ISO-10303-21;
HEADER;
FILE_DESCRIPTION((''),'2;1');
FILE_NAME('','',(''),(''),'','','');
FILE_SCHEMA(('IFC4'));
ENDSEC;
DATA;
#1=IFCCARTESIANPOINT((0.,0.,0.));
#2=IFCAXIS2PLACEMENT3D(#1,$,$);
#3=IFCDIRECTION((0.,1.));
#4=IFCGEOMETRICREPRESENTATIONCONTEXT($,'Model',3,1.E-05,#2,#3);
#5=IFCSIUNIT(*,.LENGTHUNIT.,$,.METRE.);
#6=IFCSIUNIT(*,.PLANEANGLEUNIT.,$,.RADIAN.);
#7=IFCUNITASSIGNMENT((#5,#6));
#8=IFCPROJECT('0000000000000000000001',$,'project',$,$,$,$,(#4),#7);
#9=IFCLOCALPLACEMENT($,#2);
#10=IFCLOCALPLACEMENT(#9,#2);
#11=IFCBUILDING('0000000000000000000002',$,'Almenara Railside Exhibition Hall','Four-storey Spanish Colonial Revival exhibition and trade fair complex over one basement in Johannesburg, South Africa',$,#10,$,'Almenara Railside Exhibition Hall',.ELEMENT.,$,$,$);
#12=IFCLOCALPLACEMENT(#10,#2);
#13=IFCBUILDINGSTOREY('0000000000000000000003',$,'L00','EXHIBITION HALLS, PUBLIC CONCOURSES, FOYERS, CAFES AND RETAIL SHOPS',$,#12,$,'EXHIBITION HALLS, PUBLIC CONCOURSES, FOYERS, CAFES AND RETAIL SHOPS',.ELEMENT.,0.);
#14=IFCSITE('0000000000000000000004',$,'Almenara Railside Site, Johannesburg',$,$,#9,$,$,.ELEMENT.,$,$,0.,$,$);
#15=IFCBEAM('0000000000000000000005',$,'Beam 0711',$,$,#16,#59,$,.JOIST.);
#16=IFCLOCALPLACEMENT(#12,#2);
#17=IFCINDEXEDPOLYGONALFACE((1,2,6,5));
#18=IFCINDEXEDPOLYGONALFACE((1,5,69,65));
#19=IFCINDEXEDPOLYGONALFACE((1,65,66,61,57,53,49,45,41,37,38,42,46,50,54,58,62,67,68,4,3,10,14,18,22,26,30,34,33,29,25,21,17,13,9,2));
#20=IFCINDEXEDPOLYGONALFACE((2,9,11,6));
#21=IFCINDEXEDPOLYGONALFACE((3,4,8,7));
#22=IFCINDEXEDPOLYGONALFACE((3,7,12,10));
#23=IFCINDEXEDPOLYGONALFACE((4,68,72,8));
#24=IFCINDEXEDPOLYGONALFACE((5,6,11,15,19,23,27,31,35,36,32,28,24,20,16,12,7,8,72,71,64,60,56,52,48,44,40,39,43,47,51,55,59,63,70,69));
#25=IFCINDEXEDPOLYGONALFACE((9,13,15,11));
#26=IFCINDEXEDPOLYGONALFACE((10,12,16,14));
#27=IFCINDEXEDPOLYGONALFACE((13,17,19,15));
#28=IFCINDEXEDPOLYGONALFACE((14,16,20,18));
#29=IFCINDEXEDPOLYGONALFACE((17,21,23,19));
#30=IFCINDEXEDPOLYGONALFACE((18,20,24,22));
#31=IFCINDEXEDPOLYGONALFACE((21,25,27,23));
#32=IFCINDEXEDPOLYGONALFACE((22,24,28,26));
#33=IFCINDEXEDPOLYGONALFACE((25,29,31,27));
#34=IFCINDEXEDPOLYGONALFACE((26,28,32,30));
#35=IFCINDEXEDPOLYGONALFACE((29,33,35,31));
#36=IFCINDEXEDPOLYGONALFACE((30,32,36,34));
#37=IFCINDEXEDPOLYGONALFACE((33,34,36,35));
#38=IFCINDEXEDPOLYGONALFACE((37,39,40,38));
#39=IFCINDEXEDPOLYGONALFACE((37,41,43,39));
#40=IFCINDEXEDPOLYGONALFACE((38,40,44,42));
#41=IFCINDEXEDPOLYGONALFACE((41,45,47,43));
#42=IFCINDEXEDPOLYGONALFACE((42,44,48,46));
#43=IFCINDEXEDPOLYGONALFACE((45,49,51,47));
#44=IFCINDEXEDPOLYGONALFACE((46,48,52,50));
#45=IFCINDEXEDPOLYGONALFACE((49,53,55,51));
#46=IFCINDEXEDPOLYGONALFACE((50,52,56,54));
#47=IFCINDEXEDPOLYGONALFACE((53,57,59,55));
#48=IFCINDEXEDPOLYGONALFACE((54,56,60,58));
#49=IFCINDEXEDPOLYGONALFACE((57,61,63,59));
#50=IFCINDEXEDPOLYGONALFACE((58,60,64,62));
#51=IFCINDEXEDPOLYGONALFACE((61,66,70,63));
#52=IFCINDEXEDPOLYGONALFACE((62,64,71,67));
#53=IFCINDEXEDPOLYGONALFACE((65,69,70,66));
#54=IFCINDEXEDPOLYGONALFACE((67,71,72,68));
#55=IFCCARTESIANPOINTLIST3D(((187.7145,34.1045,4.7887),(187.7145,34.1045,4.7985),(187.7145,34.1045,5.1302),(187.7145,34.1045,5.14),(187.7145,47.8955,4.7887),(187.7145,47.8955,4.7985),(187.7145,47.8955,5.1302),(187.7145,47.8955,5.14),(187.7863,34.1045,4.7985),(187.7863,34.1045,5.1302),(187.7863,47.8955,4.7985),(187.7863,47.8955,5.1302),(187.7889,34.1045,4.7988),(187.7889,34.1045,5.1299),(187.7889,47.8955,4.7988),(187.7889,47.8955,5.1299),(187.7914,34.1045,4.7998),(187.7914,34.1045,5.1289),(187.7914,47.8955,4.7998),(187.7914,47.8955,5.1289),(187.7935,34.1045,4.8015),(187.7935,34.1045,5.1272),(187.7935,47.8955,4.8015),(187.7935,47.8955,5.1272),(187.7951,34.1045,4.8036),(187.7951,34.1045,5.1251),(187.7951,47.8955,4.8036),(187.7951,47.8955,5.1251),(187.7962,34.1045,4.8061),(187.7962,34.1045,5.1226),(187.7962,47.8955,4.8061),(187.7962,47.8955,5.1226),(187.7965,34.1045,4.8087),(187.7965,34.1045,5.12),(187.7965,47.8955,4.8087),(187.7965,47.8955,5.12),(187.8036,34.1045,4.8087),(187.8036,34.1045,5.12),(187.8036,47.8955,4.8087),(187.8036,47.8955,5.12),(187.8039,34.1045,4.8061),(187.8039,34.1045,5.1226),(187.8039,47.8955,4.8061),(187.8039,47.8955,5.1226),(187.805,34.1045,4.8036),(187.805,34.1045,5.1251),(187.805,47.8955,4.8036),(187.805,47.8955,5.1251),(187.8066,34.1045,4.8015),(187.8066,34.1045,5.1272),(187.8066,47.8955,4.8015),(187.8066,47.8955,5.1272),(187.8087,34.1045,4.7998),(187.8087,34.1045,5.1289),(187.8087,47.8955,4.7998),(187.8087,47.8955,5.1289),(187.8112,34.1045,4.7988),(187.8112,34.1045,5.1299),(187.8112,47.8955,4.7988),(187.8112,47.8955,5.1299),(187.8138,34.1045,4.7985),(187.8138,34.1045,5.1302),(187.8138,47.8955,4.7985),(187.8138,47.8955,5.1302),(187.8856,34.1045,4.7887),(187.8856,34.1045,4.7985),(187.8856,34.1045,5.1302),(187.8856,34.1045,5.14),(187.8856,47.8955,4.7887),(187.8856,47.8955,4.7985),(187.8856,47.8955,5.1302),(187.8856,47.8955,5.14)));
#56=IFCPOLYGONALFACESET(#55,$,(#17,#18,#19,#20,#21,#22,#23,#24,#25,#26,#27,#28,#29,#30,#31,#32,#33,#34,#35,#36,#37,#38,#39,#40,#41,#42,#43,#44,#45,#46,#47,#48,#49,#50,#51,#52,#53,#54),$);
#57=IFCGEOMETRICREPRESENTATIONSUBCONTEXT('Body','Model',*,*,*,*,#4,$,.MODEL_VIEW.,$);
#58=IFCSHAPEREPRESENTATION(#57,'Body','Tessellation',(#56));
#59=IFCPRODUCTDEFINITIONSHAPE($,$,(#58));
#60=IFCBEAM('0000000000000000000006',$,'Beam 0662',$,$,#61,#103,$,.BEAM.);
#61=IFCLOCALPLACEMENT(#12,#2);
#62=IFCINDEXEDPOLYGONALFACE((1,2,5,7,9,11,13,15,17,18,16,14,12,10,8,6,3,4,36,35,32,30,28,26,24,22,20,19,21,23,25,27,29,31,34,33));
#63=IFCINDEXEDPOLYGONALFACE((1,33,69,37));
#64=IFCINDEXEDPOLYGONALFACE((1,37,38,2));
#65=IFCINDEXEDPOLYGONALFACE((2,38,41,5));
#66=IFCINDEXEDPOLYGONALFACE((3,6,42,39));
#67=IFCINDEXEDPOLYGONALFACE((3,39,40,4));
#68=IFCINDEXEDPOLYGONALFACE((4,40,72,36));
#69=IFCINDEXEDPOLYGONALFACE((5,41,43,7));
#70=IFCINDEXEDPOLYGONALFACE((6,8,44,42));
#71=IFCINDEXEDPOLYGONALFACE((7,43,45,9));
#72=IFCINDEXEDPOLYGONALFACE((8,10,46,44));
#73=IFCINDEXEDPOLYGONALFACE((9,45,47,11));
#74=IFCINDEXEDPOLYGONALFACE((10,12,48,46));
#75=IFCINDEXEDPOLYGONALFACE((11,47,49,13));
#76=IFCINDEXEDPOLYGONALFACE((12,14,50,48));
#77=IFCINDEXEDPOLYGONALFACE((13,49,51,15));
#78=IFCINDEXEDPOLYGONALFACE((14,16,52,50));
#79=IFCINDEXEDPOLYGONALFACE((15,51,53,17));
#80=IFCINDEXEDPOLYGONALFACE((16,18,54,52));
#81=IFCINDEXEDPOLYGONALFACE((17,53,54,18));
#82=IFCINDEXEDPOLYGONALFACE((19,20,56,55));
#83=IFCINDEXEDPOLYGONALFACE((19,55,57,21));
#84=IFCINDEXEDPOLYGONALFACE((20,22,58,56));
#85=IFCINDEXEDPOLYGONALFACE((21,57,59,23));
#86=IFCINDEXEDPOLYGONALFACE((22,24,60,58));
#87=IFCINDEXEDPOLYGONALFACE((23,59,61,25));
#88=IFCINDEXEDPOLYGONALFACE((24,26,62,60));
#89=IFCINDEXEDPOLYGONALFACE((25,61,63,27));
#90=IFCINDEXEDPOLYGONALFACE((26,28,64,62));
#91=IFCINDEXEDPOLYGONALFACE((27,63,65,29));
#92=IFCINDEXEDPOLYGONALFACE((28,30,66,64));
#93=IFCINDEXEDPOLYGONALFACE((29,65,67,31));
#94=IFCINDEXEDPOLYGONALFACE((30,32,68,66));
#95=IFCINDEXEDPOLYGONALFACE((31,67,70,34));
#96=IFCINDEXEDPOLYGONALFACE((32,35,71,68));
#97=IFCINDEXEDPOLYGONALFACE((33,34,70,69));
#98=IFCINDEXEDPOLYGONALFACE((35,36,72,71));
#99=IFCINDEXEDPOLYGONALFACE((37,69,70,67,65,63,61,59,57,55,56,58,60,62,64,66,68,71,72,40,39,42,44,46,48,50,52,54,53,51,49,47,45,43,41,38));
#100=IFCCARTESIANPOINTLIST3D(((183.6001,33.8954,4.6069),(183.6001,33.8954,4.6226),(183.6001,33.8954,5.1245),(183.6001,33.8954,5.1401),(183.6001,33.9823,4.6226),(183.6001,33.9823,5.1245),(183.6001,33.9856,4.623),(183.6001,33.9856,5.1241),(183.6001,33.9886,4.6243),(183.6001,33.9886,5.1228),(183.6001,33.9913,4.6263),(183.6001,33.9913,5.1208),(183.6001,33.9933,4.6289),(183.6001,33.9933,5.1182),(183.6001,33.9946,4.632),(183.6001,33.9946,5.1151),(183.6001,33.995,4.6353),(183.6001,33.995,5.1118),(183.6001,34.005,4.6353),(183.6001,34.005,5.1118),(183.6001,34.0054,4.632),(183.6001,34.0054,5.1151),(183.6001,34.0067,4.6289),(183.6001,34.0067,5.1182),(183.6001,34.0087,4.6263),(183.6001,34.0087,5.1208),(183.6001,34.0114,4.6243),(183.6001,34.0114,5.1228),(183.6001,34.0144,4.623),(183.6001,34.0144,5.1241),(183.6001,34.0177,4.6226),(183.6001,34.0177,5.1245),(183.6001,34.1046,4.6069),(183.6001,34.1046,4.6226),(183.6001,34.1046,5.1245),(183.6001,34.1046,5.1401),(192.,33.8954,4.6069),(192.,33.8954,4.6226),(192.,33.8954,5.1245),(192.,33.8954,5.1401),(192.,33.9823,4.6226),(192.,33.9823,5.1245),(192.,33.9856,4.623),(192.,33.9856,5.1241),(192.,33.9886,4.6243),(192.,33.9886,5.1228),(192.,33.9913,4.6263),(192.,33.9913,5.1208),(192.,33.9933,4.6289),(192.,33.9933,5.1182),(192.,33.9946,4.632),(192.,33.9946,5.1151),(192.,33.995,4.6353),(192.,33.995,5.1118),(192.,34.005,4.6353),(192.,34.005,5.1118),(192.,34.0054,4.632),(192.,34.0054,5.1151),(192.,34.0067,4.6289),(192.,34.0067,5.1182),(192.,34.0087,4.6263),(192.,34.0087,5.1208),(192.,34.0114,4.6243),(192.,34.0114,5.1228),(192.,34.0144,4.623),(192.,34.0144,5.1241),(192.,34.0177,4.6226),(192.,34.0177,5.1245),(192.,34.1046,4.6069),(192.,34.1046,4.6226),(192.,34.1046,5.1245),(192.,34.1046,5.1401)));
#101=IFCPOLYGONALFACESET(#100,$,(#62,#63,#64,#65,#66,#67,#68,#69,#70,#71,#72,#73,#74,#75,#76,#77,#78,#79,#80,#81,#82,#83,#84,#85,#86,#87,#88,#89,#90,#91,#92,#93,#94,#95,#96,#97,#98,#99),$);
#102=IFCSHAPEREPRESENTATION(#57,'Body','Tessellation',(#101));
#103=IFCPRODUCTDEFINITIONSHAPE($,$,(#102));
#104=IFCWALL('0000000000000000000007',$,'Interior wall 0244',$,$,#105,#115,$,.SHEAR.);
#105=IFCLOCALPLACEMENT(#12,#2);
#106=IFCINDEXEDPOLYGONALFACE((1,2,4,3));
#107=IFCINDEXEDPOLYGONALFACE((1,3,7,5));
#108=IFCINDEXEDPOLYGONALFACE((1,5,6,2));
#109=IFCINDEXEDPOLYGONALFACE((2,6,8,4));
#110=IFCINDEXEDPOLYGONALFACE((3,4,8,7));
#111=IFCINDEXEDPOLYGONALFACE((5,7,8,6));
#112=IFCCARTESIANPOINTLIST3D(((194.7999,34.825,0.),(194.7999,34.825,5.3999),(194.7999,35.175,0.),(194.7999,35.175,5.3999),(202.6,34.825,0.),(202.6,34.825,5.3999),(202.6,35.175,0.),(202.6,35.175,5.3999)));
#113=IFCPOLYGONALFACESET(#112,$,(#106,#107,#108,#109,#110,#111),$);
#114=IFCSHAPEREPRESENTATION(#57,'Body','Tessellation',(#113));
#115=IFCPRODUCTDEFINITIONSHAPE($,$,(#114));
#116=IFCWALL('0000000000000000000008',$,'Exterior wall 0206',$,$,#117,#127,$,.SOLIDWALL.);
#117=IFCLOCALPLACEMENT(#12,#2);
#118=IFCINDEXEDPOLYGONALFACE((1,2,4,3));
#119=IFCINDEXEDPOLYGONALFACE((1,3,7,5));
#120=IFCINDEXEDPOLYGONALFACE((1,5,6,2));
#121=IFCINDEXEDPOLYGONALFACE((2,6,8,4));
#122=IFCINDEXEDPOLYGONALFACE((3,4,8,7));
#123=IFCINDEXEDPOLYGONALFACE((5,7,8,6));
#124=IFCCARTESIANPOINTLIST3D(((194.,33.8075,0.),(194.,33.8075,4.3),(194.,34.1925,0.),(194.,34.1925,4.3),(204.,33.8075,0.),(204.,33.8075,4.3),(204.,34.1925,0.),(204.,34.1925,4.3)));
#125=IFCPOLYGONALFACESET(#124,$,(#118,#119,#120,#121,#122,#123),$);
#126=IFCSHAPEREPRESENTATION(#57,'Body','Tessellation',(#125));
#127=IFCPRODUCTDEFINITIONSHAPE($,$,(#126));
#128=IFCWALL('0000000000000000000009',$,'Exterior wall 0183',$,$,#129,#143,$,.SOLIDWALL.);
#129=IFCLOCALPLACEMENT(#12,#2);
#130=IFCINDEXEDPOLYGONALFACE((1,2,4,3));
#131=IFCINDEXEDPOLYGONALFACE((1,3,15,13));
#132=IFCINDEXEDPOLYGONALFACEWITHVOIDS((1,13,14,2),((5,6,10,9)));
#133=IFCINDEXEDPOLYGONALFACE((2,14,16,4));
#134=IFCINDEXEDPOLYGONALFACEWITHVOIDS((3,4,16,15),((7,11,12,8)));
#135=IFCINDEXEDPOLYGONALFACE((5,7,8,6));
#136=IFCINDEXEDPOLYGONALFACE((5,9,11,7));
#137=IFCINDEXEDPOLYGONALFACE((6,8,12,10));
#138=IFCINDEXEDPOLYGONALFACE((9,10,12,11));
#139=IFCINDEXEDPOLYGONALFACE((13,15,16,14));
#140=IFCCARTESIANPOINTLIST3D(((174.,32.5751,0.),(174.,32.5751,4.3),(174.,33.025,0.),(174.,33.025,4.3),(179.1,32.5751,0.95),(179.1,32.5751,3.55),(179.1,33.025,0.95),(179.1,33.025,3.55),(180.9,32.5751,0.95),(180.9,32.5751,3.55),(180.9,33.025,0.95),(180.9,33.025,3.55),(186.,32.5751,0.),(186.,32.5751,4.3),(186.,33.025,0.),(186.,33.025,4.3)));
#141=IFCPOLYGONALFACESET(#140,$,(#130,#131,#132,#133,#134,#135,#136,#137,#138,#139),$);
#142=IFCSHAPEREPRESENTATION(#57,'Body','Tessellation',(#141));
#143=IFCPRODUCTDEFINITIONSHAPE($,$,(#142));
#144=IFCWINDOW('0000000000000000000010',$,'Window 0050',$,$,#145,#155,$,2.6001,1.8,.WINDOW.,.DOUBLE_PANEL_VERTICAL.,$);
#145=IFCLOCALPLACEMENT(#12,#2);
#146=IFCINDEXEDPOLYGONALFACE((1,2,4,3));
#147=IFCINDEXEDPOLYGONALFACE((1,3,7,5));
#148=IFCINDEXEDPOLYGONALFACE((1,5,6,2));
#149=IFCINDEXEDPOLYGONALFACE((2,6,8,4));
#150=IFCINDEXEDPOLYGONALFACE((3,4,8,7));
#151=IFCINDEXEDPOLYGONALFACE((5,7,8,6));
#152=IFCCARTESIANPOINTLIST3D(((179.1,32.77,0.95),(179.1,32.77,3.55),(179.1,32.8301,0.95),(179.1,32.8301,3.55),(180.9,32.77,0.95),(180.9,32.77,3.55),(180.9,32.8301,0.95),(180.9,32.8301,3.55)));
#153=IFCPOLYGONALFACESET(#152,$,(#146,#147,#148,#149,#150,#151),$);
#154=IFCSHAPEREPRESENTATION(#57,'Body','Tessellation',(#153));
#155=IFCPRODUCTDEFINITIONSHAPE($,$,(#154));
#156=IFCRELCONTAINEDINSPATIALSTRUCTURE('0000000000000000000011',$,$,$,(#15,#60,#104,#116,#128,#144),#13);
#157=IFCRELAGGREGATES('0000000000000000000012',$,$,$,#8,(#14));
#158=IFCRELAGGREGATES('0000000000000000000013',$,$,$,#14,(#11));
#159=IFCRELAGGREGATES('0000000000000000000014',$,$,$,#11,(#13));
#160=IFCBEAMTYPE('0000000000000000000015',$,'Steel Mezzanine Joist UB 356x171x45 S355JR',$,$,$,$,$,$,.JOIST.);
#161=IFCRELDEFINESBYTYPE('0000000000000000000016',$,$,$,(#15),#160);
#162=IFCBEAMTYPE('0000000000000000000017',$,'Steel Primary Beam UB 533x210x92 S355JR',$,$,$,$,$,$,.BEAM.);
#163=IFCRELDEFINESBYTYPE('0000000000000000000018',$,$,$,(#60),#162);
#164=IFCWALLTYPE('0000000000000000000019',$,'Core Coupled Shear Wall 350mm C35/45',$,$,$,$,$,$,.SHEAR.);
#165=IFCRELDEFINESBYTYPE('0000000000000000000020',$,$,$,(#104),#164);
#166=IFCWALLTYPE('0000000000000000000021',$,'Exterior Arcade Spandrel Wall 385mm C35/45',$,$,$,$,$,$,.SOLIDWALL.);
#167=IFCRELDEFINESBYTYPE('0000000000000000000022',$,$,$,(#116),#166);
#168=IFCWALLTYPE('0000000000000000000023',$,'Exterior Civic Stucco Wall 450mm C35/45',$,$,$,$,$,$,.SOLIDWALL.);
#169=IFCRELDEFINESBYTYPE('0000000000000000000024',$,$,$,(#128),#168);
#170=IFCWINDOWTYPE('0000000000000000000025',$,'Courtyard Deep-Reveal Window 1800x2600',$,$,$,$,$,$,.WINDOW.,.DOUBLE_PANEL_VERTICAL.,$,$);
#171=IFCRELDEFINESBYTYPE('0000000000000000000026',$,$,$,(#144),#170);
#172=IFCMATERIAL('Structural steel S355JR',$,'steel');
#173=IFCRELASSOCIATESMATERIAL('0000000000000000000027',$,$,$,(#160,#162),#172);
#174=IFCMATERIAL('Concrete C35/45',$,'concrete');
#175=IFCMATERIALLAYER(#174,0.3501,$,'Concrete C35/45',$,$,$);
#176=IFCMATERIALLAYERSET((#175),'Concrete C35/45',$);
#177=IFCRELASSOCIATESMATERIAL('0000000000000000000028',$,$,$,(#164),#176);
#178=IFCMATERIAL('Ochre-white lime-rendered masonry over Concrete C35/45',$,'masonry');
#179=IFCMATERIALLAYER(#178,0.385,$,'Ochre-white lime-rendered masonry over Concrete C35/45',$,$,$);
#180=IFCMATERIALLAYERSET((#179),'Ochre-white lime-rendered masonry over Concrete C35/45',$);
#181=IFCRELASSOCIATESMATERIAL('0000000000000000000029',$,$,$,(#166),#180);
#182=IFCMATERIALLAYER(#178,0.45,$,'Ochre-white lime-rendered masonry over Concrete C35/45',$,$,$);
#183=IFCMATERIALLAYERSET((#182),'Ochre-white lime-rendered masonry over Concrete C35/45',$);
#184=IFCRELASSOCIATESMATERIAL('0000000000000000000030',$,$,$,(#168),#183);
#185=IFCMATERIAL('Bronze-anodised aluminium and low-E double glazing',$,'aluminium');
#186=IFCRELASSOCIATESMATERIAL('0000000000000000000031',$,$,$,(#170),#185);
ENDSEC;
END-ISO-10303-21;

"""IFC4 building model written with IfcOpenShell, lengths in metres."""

from ifc_helpers import new_model, si_unit, direction, frame, frame_2d, origin, origin_2d, place, context, subcontext, project, spatial, rectangle, i_section, extrude, material, layer, layer_set, material_profile, profile_set, type_object, element, fill, save


model = new_model("IFC4")

# Units and contexts
model_context = context("Model", 3, precision=1e-05, world=origin(), true_north=direction((0.0, 1.0)))
body_context = subcontext(model_context, "Body", "Model", "MODEL_VIEW")
ifc_project = project(units=[si_unit("LENGTHUNIT", "METRE"), si_unit("PLANEANGLEUNIT", "RADIAN")], contexts=[model_context])

# Site, building, storey
site_placement = place(None, origin())
site = spatial("IfcSite", under=ifc_project, at=site_placement, Name="Almenara Railside Site, Johannesburg", CompositionType="ELEMENT", RefElevation=0.0)
building_placement = place(site_placement, origin())
building = spatial("IfcBuilding", under=site, at=building_placement, Name="Almenara Railside Exhibition Hall", Description="Four-storey Spanish Colonial Revival exhibition and trade fair complex over one basement in Johannesburg, South Africa", LongName="Almenara Railside Exhibition Hall", CompositionType="ELEMENT")
storey_placement = place(building_placement, origin())
storey = spatial("IfcBuildingStorey", under=building, at=storey_placement, Name="L00", Description="EXHIBITION HALLS, PUBLIC CONCOURSES, FOYERS, CAFES AND RETAIL SHOPS", LongName="EXHIBITION HALLS, PUBLIC CONCOURSES, FOYERS, CAFES AND RETAIL SHOPS", CompositionType="ELEMENT", Elevation=0.0)

# Shared definitions
ifc_material_1 = material(Name="Concrete C35/45", Category="concrete")

# Beams
ifc_material_2 = material(Name="Structural steel S355JR", Category="steel")
ifc_material_profile_1 = material_profile(ifc_material_2, i_section(OverallWidth=0.1711, OverallDepth=0.3513, WebThickness=0.0071, FlangeThickness=0.0098, FilletRadius=0.0103, at=origin_2d()), Name="UB 356x171x45")
ifc_profile_set_1 = profile_set([ifc_material_profile_1], Name="Structural steel S355JR")
beam_type_1 = type_object("IfcBeamType", Name="Steel Mezzanine Joist UB 356x171x45 S355JR", PredefinedType="JOIST", material=ifc_profile_set_1)
beam_1_placement = place(storey_placement, frame((187.8, 34.1045, 4.9644), z_axis=(0.0, 1.0, 0.0), x_axis=(-1.0, 0.0, 0.0)))
element("IfcBeam", 1, at=beam_1_placement, inside=storey, type_object=beam_type_1, Name="Beam 0711", PredefinedType="JOIST", context=body_context, shape_type="SweptSolid", body=[
    extrude(i_section(OverallWidth=0.1711, OverallDepth=0.3513, WebThickness=0.0071, FlangeThickness=0.0098, FilletRadius=0.0103, at=origin_2d()), origin(), (0.0, 0.0, 1.0), 13.791),
])
ifc_material_profile_2 = material_profile(ifc_material_2, i_section(OverallWidth=0.2092, OverallDepth=0.5332, WebThickness=0.01, FlangeThickness=0.0156, FilletRadius=0.0127, at=origin_2d()), Name="UB 533x210x92")
ifc_profile_set_2 = profile_set([ifc_material_profile_2], Name="Structural steel S355JR")
beam_type_2 = type_object("IfcBeamType", Name="Steel Primary Beam UB 533x210x92 S355JR", PredefinedType="BEAM", material=ifc_profile_set_2)
beam_2_placement = place(storey_placement, frame((183.6001, 34.0, 4.8735), z_axis=(1.0, 0.0, 0.0), x_axis=(0.0, 1.0, 0.0)))
element("IfcBeam", 2, at=beam_2_placement, inside=storey, type_object=beam_type_2, Name="Beam 0662", PredefinedType="BEAM", context=body_context, shape_type="SweptSolid", body=[
    extrude(i_section(OverallWidth=0.2092, OverallDepth=0.5332, WebThickness=0.01, FlangeThickness=0.0156, FilletRadius=0.0127, at=origin_2d()), origin(), (0.0, 0.0, 1.0), 8.3999),
])

# Walls
ifc_layer_1 = layer(ifc_material_1, 0.3501, Name="Concrete C35/45")
ifc_layer_set_1 = layer_set([ifc_layer_1], Name="Concrete C35/45")
wall_type_1 = type_object("IfcWallType", Name="Core Coupled Shear Wall 350mm C35/45", PredefinedType="SHEAR", material=ifc_layer_set_1)
wall_1_placement = place(storey_placement, frame((194.8, 35.0, 0.0), z_axis=(0.0, 0.0, 1.0), x_axis=(1.0, 0.0, 0.0)))
element("IfcWall", 3, at=wall_1_placement, inside=storey, type_object=wall_type_1, Name="Interior wall 0244", PredefinedType="SHEAR", context=body_context, shape_type="SweptSolid", body=[
    extrude(rectangle(XDim=7.8, YDim=0.3501, at=frame_2d((3.8999, 0.0))), origin(), (0.0, 0.0, 1.0), 5.3999),
])
ifc_material_3 = material(Name="Ochre-white lime-rendered masonry over Concrete C35/45", Category="masonry")
ifc_layer_2 = layer(ifc_material_3, 0.385, Name="Ochre-white lime-rendered masonry over Concrete C35/45")
ifc_layer_set_2 = layer_set([ifc_layer_2], Name="Ochre-white lime-rendered masonry over Concrete C35/45")
wall_type_2 = type_object("IfcWallType", Name="Exterior Arcade Spandrel Wall 385mm C35/45", PredefinedType="SOLIDWALL", material=ifc_layer_set_2)
wall_2_placement = place(storey_placement, frame((194.0, 34.0, 0.0), z_axis=(0.0, 0.0, 1.0), x_axis=(1.0, 0.0, 0.0)))
element("IfcWall", 4, at=wall_2_placement, inside=storey, type_object=wall_type_2, Name="Exterior wall 0206", PredefinedType="SOLIDWALL", context=body_context, shape_type="SweptSolid", body=[
    extrude(rectangle(XDim=10.0, YDim=0.385, at=frame_2d((5.0, 0.0))), origin(), (0.0, 0.0, 1.0), 4.3),
])

# Wall, opening, window
ifc_layer_3 = layer(ifc_material_3, 0.45, Name="Ochre-white lime-rendered masonry over Concrete C35/45")
ifc_layer_set_3 = layer_set([ifc_layer_3], Name="Ochre-white lime-rendered masonry over Concrete C35/45")
wall_type_3 = type_object("IfcWallType", Name="Exterior Civic Stucco Wall 450mm C35/45", PredefinedType="SOLIDWALL", material=ifc_layer_set_3)
wall_3_placement = place(storey_placement, frame((186.0, 32.8, 0.0), z_axis=(0.0, 0.0, 1.0), x_axis=(-1.0, 0.0, 0.0)))
wall_3 = element("IfcWall", 5, at=wall_3_placement, inside=storey, type_object=wall_type_3, Name="Exterior wall 0183", PredefinedType="SOLIDWALL", context=body_context, shape_type="SweptSolid", body=[
    extrude(rectangle(XDim=12.0, YDim=0.45, at=frame_2d((6.0, 0.0))), origin(), (0.0, 0.0, 1.0), 4.3),
])
opening_1_placement = place(wall_3_placement, frame((5.1001, 0.0, 0.95)))
opening_1 = element("IfcOpeningElement", 6, at=opening_1_placement, cuts=wall_3, PredefinedType="OPENING", context=body_context, shape_type="SweptSolid", body=[
    extrude(rectangle(XDim=1.8, YDim=2.6001, at=frame_2d((0.8999, 1.3))), frame((0.0, 0.2349, 0.0), z_axis=(0.0, -1.0, 0.0), x_axis=(1.0, 0.0, 0.0)), (0.0, 0.0, 1.0), 0.47),
])
ifc_material_4 = material(Name="Bronze-anodised aluminium and low-E double glazing", Category="aluminium")
window_type_1 = type_object("IfcWindowType", Name="Courtyard Deep-Reveal Window 1800x2600", PartitioningType="DOUBLE_PANEL_VERTICAL", PredefinedType="WINDOW", material=ifc_material_4)
window_1_placement = place(opening_1_placement, origin())
window_1 = element("IfcWindow", 7, at=window_1_placement, inside=storey, type_object=window_type_1, Name="Window 0050", OverallHeight=2.6001, OverallWidth=1.8, PartitioningType="DOUBLE_PANEL_VERTICAL", PredefinedType="WINDOW", context=body_context, shape_type="SweptSolid", body=[
    extrude(rectangle(XDim=1.8, YDim=2.6001, at=frame_2d((0.8999, 1.3))), frame((0.0, 0.03, 0.0), z_axis=(0.0, -1.0, 0.0), x_axis=(1.0, 0.0, 0.0)), (0.0, 0.0, 1.0), 0.0601),
])
fill(opening_1, window_1)

save(model, "model.ifc")
